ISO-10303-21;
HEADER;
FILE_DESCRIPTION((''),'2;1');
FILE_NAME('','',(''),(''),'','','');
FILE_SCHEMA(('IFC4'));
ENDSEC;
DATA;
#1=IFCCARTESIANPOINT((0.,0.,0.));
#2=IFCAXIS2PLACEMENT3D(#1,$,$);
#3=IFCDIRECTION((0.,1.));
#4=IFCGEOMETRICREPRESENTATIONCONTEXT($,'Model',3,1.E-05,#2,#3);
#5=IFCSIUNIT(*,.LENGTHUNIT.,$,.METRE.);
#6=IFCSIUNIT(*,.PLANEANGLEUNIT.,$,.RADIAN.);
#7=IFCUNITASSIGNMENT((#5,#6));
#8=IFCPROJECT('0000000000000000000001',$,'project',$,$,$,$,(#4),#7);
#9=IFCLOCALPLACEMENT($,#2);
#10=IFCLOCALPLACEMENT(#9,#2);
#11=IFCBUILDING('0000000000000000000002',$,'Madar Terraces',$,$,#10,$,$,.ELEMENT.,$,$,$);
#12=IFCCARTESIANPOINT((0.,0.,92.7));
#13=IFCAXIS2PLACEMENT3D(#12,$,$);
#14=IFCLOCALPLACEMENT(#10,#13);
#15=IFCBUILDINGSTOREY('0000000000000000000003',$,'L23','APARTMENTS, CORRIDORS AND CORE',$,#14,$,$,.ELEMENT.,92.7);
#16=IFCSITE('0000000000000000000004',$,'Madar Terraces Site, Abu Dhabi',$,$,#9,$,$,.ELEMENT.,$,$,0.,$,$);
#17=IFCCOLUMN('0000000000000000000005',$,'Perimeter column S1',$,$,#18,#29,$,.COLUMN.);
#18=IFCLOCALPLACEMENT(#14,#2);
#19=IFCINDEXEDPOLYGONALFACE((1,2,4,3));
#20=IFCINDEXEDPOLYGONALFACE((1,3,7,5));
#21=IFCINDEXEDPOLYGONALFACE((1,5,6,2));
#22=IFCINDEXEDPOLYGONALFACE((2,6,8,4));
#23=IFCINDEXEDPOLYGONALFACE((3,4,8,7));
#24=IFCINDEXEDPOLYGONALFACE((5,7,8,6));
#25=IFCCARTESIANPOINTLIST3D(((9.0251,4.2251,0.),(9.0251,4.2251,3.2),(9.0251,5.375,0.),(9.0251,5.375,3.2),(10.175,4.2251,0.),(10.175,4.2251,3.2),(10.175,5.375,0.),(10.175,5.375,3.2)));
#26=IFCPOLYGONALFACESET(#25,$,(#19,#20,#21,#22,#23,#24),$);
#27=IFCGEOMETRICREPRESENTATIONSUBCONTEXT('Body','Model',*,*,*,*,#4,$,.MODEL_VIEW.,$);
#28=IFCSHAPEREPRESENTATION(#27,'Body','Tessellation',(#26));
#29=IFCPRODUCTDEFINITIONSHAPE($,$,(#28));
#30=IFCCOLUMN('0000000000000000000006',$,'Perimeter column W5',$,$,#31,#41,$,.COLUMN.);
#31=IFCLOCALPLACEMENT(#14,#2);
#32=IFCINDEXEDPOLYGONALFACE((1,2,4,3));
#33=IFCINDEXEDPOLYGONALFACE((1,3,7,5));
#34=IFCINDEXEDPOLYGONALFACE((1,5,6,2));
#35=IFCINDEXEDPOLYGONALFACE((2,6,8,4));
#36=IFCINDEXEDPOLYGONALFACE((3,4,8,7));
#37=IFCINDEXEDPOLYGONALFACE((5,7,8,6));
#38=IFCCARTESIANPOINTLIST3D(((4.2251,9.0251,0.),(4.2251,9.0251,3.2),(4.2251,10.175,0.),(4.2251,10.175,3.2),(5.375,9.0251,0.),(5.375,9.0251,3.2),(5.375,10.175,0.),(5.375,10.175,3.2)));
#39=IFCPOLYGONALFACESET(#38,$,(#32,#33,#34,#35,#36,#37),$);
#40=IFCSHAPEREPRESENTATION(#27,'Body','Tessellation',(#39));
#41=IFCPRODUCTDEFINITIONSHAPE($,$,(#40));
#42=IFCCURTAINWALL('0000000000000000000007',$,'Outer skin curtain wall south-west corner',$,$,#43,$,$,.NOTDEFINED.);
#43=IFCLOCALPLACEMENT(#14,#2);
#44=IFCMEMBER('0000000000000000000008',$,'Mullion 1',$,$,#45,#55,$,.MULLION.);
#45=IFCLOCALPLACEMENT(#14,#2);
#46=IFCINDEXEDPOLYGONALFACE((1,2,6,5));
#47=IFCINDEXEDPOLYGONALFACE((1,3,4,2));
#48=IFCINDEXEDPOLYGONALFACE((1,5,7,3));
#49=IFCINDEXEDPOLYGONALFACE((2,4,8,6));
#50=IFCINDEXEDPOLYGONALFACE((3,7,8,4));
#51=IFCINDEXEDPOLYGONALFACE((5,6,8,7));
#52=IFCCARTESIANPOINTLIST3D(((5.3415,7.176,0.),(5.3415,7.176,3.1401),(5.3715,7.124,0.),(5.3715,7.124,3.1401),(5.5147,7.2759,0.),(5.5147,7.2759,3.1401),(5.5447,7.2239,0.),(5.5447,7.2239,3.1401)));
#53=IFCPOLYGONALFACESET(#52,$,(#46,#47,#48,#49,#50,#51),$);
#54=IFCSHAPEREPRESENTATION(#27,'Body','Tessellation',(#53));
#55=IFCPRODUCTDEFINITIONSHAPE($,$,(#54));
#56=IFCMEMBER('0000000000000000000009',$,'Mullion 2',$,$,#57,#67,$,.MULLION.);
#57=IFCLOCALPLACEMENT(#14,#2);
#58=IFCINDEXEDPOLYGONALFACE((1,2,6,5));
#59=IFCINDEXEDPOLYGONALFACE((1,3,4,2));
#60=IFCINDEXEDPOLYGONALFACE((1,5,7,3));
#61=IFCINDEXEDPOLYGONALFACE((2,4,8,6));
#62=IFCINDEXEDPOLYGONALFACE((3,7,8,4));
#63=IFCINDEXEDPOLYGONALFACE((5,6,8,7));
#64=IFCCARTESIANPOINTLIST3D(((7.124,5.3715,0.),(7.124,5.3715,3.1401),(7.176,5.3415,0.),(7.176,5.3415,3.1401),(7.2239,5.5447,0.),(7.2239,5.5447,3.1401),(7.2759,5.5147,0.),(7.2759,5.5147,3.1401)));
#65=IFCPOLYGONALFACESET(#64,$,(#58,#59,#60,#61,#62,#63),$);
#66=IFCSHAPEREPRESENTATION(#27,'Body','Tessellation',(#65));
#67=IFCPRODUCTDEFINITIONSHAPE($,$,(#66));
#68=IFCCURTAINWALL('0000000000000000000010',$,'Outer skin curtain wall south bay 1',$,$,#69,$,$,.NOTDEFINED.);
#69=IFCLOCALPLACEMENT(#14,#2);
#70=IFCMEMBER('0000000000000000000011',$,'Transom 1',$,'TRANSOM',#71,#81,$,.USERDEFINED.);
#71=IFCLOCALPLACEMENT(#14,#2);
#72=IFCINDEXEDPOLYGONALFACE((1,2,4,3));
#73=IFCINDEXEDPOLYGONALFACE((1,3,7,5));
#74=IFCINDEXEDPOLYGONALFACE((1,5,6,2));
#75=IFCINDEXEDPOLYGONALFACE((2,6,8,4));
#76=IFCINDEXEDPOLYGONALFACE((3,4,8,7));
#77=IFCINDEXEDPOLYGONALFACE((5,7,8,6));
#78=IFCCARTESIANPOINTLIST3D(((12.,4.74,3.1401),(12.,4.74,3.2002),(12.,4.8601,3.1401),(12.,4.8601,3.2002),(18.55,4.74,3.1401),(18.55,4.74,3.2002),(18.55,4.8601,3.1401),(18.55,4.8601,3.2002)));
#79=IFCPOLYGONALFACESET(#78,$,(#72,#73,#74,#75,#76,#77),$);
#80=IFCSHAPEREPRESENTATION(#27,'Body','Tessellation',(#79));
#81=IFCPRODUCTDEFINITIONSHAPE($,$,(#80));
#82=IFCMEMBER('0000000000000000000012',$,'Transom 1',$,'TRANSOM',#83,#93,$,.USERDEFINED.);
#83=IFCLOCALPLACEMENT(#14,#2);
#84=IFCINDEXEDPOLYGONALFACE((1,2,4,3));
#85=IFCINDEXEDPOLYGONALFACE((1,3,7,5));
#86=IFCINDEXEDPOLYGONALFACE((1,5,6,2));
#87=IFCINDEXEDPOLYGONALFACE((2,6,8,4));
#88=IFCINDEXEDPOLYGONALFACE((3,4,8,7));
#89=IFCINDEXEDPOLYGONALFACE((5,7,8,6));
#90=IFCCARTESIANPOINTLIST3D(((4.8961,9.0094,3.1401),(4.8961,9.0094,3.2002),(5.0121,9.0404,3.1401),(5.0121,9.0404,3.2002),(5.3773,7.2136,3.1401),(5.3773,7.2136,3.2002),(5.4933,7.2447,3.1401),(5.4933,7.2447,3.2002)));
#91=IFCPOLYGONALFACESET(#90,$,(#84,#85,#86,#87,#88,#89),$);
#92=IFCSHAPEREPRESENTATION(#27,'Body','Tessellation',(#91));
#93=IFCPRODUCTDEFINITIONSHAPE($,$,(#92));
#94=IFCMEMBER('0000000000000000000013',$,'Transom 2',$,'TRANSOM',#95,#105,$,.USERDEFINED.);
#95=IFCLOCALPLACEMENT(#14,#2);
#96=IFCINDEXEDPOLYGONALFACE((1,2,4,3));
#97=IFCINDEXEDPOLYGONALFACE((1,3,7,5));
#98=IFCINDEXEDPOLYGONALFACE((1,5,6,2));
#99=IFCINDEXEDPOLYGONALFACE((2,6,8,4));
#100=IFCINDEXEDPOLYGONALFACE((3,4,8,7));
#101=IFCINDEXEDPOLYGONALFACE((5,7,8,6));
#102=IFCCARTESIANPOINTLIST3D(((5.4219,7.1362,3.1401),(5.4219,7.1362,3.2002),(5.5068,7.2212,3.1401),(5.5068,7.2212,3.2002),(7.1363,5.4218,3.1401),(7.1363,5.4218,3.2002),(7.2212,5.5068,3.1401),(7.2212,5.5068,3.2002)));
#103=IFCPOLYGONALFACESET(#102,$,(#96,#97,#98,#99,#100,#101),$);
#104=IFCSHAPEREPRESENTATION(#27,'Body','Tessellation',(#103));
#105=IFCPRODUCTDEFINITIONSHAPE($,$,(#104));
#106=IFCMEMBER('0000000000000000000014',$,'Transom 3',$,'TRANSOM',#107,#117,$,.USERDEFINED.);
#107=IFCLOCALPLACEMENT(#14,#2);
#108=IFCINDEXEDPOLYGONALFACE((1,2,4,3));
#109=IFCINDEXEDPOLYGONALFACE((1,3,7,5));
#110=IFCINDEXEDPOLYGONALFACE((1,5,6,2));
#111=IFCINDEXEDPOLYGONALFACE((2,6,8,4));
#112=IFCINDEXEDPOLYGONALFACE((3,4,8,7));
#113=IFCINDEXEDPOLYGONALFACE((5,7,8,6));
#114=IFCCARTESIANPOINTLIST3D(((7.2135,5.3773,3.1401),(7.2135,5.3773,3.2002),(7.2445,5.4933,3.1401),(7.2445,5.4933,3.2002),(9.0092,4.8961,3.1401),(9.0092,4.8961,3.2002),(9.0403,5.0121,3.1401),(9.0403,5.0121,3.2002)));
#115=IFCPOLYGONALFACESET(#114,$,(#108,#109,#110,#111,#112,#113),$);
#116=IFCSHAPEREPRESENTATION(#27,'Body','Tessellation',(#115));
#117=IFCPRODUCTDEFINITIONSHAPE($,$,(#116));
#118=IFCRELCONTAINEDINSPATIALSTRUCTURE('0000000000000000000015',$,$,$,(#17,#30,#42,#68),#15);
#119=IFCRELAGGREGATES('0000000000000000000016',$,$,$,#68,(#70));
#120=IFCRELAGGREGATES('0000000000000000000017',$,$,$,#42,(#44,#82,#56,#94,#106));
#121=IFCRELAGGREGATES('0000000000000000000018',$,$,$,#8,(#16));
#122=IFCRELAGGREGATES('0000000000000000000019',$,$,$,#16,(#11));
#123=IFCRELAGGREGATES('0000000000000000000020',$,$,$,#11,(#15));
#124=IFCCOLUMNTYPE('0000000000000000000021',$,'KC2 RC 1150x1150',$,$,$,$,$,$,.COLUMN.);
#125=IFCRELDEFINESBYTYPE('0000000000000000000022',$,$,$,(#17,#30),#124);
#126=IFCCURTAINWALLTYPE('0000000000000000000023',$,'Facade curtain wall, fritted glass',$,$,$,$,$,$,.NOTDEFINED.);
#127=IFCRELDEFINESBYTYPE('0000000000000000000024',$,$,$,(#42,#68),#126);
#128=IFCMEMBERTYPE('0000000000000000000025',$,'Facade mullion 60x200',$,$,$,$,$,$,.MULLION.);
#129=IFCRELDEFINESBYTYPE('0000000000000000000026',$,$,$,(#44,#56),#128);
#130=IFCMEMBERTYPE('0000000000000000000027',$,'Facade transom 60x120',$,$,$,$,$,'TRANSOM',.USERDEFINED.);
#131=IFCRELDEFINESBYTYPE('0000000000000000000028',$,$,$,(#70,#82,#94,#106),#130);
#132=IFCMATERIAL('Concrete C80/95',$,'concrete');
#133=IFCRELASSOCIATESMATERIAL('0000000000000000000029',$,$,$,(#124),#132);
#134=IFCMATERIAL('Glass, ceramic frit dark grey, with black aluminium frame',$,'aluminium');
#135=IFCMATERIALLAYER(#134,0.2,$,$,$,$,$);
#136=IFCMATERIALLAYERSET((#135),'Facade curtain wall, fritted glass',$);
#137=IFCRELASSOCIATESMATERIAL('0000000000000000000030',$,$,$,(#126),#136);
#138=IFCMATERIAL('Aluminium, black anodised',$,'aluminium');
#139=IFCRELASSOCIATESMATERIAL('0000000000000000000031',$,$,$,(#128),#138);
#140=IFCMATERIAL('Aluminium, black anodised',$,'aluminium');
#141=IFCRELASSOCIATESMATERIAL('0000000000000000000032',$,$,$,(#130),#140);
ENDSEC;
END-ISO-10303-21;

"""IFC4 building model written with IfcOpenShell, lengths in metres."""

from ifc_helpers import new_model, si_unit, direction, frame, origin, origin_2d, place, context, subcontext, project, spatial, rectangle, extrude, material, layer, layer_set, material_profile, profile_set, type_object, element, aggregate, save


model = new_model("IFC4")

# Units and contexts
model_context = context("Model", 3, precision=1e-05, world=origin(), true_north=direction((0.0, 1.0)))
body_context = subcontext(model_context, "Body", "Model", "MODEL_VIEW")
ifc_project = project(units=[si_unit("LENGTHUNIT", "METRE"), si_unit("PLANEANGLEUNIT", "RADIAN")], contexts=[model_context])

# Site, building, storey
site_placement = place(None, origin())
site = spatial("IfcSite", under=ifc_project, at=site_placement, Name="Madar Terraces Site, Abu Dhabi", CompositionType="ELEMENT", RefElevation=0.0)
building_placement = place(site_placement, origin())
building = spatial("IfcBuilding", under=site, at=building_placement, Name="Madar Terraces", CompositionType="ELEMENT")
storey_placement = place(building_placement, frame((0.0, 0.0, 92.7)))
storey = spatial("IfcBuildingStorey", under=building, at=storey_placement, Name="L23", Description="APARTMENTS, CORRIDORS AND CORE", CompositionType="ELEMENT", Elevation=92.7)

# Columns
ifc_material_1 = material(Name="Concrete C80/95", Category="concrete")
ifc_material_profile_1 = material_profile(ifc_material_1, rectangle(XDim=1.1499, YDim=1.1499, at=origin_2d()), Name="KC2 RC 1150x1150")
ifc_profile_set_1 = profile_set([ifc_material_profile_1], Name="Concrete C80/95")
column_type = type_object("IfcColumnType", Name="KC2 RC 1150x1150", PredefinedType="COLUMN", material=ifc_profile_set_1)
for number, where, z_axis, x_axis, name in (
    (1, (9.6001, 4.8, 0.0), (0.0, 0.0, 1.0), (1.0, 0.0, 0.0), "Perimeter column S1"),
    (2, (4.8, 9.6001, 0.0), (0.0, 0.0, 1.0), (1.0, 0.0, 0.0), "Perimeter column W5"),
):
    element("IfcColumn", number, at=place(storey_placement, frame(where, z_axis=z_axis, x_axis=x_axis)), inside=storey, type_object=column_type, Name=name, PredefinedType="COLUMN", context=body_context, shape_type="SweptSolid", body=[
        extrude(rectangle(XDim=1.1499, YDim=1.1499, at=origin_2d()), origin(), (0.0, 0.0, 1.0), 3.2),
    ])

# Curtain wall, members
ifc_material_2 = material(Name="Glass, ceramic frit dark grey, with black aluminium frame", Category="aluminium")
ifc_layer_1 = layer(ifc_material_2, 0.2)
ifc_layer_set_1 = layer_set([ifc_layer_1], Name="Facade curtain wall, fritted glass")
curtain_wall_type = type_object("IfcCurtainWallType", Name="Facade curtain wall, fritted glass", PredefinedType="NOTDEFINED", material=ifc_layer_set_1)
curtain_wall_1_placement = place(storey_placement, origin())
curtain_wall_1 = element("IfcCurtainWall", 3, at=curtain_wall_1_placement, inside=storey, type_object=curtain_wall_type, Name="Outer skin curtain wall south-west corner", PredefinedType="NOTDEFINED")
ifc_material_3 = material(Name="Aluminium, black anodised", Category="aluminium")
ifc_material_profile_2 = material_profile(ifc_material_3, rectangle(XDim=0.2, YDim=0.0601, at=origin_2d()), Name="Facade mullion 60x200")
ifc_profile_set_2 = profile_set([ifc_material_profile_2], Name="Aluminium, black anodised")
member_type_1 = type_object("IfcMemberType", Name="Facade mullion 60x200", PredefinedType="MULLION", material=ifc_profile_set_2)
member_1_placement = place(storey_placement, frame((5.4431, 7.2, 0.0), z_axis=(0.0, 0.0, 1.0), x_axis=(0.866025, 0.5, 0.0)))
member_1 = element("IfcMember", 4, at=member_1_placement, type_object=member_type_1, Name="Mullion 1", PredefinedType="MULLION", context=body_context, shape_type="SweptSolid", body=[
    extrude(rectangle(XDim=0.2, YDim=0.0601, at=origin_2d()), origin(), (0.0, 0.0, 1.0), 3.1401),
])
member_2_placement = place(storey_placement, frame((7.2, 5.4431, 0.0), z_axis=(0.0, 0.0, 1.0), x_axis=(0.5, 0.866025, 0.0)))
member_2 = element("IfcMember", 5, at=member_2_placement, type_object=member_type_1, Name="Mullion 2", PredefinedType="MULLION", context=body_context, shape_type="SweptSolid", body=[
    extrude(rectangle(XDim=0.2, YDim=0.0601, at=origin_2d()), origin(), (0.0, 0.0, 1.0), 3.1401),
])

# Curtain wall, member
curtain_wall_2_placement = place(storey_placement, origin())
curtain_wall_2 = element("IfcCurtainWall", 6, at=curtain_wall_2_placement, inside=storey, type_object=curtain_wall_type, Name="Outer skin curtain wall south bay 1", PredefinedType="NOTDEFINED")
ifc_material_4 = material(Name="Aluminium, black anodised", Category="aluminium")
ifc_material_profile_3 = material_profile(ifc_material_4, rectangle(XDim=0.1201, YDim=0.0601, at=origin_2d()), Name="Facade transom 60x120")
ifc_profile_set_3 = profile_set([ifc_material_profile_3], Name="Aluminium, black anodised")
member_type_2 = type_object("IfcMemberType", Name="Facade transom 60x120", ElementType="TRANSOM", PredefinedType="USERDEFINED", material=ifc_profile_set_3)
member_3_placement = place(storey_placement, frame((12.0, 4.8, 3.1702), z_axis=(1.0, 0.0, 0.0), x_axis=(0.0, 1.0, 0.0)))
member_3 = element("IfcMember", 7, at=member_3_placement, type_object=member_type_2, Name="Transom 1", ObjectType="TRANSOM", PredefinedType="USERDEFINED", context=body_context, shape_type="SweptSolid", body=[
    extrude(rectangle(XDim=0.1201, YDim=0.0601, at=origin_2d()), origin(), (0.0, 0.0, 1.0), 6.55),
])

# Members
member_4_placement = place(storey_placement, frame((4.9541, 9.0249, 3.1702), z_axis=(0.258815, -0.965927, 0.0), x_axis=(0.965927, 0.258815, 0.0)))
member_4 = element("IfcMember", 8, at=member_4_placement, type_object=member_type_2, Name="Transom 1", ObjectType="TRANSOM", PredefinedType="USERDEFINED", context=body_context, shape_type="SweptSolid", body=[
    extrude(rectangle(XDim=0.1201, YDim=0.0601, at=origin_2d()), origin(), (0.0, 0.0, 1.0), 1.8591),
])
member_5_placement = place(storey_placement, frame((5.4644, 7.1787, 3.1702), z_axis=(0.707107, -0.707107, 0.0), x_axis=(0.707107, 0.707107, 0.0)))
member_5 = element("IfcMember", 9, at=member_5_placement, type_object=member_type_2, Name="Transom 2", ObjectType="TRANSOM", PredefinedType="USERDEFINED", context=body_context, shape_type="SweptSolid", body=[
    extrude(rectangle(XDim=0.1201, YDim=0.0601, at=origin_2d()), origin(), (0.0, 0.0, 1.0), 2.4246),
])
member_6_placement = place(storey_placement, frame((7.229, 5.4353, 3.1702), z_axis=(0.965927, -0.258815, 0.0), x_axis=(0.258815, 0.965927, 0.0)))
member_6 = element("IfcMember", 10, at=member_6_placement, type_object=member_type_2, Name="Transom 3", ObjectType="TRANSOM", PredefinedType="USERDEFINED", context=body_context, shape_type="SweptSolid", body=[
    extrude(rectangle(XDim=0.1201, YDim=0.0601, at=origin_2d()), origin(), (0.0, 0.0, 1.0), 1.8591),
])

aggregate(curtain_wall_2, [member_3])
aggregate(curtain_wall_1, [member_1, member_4, member_2, member_5, member_6])

save(model, "model.ifc")
